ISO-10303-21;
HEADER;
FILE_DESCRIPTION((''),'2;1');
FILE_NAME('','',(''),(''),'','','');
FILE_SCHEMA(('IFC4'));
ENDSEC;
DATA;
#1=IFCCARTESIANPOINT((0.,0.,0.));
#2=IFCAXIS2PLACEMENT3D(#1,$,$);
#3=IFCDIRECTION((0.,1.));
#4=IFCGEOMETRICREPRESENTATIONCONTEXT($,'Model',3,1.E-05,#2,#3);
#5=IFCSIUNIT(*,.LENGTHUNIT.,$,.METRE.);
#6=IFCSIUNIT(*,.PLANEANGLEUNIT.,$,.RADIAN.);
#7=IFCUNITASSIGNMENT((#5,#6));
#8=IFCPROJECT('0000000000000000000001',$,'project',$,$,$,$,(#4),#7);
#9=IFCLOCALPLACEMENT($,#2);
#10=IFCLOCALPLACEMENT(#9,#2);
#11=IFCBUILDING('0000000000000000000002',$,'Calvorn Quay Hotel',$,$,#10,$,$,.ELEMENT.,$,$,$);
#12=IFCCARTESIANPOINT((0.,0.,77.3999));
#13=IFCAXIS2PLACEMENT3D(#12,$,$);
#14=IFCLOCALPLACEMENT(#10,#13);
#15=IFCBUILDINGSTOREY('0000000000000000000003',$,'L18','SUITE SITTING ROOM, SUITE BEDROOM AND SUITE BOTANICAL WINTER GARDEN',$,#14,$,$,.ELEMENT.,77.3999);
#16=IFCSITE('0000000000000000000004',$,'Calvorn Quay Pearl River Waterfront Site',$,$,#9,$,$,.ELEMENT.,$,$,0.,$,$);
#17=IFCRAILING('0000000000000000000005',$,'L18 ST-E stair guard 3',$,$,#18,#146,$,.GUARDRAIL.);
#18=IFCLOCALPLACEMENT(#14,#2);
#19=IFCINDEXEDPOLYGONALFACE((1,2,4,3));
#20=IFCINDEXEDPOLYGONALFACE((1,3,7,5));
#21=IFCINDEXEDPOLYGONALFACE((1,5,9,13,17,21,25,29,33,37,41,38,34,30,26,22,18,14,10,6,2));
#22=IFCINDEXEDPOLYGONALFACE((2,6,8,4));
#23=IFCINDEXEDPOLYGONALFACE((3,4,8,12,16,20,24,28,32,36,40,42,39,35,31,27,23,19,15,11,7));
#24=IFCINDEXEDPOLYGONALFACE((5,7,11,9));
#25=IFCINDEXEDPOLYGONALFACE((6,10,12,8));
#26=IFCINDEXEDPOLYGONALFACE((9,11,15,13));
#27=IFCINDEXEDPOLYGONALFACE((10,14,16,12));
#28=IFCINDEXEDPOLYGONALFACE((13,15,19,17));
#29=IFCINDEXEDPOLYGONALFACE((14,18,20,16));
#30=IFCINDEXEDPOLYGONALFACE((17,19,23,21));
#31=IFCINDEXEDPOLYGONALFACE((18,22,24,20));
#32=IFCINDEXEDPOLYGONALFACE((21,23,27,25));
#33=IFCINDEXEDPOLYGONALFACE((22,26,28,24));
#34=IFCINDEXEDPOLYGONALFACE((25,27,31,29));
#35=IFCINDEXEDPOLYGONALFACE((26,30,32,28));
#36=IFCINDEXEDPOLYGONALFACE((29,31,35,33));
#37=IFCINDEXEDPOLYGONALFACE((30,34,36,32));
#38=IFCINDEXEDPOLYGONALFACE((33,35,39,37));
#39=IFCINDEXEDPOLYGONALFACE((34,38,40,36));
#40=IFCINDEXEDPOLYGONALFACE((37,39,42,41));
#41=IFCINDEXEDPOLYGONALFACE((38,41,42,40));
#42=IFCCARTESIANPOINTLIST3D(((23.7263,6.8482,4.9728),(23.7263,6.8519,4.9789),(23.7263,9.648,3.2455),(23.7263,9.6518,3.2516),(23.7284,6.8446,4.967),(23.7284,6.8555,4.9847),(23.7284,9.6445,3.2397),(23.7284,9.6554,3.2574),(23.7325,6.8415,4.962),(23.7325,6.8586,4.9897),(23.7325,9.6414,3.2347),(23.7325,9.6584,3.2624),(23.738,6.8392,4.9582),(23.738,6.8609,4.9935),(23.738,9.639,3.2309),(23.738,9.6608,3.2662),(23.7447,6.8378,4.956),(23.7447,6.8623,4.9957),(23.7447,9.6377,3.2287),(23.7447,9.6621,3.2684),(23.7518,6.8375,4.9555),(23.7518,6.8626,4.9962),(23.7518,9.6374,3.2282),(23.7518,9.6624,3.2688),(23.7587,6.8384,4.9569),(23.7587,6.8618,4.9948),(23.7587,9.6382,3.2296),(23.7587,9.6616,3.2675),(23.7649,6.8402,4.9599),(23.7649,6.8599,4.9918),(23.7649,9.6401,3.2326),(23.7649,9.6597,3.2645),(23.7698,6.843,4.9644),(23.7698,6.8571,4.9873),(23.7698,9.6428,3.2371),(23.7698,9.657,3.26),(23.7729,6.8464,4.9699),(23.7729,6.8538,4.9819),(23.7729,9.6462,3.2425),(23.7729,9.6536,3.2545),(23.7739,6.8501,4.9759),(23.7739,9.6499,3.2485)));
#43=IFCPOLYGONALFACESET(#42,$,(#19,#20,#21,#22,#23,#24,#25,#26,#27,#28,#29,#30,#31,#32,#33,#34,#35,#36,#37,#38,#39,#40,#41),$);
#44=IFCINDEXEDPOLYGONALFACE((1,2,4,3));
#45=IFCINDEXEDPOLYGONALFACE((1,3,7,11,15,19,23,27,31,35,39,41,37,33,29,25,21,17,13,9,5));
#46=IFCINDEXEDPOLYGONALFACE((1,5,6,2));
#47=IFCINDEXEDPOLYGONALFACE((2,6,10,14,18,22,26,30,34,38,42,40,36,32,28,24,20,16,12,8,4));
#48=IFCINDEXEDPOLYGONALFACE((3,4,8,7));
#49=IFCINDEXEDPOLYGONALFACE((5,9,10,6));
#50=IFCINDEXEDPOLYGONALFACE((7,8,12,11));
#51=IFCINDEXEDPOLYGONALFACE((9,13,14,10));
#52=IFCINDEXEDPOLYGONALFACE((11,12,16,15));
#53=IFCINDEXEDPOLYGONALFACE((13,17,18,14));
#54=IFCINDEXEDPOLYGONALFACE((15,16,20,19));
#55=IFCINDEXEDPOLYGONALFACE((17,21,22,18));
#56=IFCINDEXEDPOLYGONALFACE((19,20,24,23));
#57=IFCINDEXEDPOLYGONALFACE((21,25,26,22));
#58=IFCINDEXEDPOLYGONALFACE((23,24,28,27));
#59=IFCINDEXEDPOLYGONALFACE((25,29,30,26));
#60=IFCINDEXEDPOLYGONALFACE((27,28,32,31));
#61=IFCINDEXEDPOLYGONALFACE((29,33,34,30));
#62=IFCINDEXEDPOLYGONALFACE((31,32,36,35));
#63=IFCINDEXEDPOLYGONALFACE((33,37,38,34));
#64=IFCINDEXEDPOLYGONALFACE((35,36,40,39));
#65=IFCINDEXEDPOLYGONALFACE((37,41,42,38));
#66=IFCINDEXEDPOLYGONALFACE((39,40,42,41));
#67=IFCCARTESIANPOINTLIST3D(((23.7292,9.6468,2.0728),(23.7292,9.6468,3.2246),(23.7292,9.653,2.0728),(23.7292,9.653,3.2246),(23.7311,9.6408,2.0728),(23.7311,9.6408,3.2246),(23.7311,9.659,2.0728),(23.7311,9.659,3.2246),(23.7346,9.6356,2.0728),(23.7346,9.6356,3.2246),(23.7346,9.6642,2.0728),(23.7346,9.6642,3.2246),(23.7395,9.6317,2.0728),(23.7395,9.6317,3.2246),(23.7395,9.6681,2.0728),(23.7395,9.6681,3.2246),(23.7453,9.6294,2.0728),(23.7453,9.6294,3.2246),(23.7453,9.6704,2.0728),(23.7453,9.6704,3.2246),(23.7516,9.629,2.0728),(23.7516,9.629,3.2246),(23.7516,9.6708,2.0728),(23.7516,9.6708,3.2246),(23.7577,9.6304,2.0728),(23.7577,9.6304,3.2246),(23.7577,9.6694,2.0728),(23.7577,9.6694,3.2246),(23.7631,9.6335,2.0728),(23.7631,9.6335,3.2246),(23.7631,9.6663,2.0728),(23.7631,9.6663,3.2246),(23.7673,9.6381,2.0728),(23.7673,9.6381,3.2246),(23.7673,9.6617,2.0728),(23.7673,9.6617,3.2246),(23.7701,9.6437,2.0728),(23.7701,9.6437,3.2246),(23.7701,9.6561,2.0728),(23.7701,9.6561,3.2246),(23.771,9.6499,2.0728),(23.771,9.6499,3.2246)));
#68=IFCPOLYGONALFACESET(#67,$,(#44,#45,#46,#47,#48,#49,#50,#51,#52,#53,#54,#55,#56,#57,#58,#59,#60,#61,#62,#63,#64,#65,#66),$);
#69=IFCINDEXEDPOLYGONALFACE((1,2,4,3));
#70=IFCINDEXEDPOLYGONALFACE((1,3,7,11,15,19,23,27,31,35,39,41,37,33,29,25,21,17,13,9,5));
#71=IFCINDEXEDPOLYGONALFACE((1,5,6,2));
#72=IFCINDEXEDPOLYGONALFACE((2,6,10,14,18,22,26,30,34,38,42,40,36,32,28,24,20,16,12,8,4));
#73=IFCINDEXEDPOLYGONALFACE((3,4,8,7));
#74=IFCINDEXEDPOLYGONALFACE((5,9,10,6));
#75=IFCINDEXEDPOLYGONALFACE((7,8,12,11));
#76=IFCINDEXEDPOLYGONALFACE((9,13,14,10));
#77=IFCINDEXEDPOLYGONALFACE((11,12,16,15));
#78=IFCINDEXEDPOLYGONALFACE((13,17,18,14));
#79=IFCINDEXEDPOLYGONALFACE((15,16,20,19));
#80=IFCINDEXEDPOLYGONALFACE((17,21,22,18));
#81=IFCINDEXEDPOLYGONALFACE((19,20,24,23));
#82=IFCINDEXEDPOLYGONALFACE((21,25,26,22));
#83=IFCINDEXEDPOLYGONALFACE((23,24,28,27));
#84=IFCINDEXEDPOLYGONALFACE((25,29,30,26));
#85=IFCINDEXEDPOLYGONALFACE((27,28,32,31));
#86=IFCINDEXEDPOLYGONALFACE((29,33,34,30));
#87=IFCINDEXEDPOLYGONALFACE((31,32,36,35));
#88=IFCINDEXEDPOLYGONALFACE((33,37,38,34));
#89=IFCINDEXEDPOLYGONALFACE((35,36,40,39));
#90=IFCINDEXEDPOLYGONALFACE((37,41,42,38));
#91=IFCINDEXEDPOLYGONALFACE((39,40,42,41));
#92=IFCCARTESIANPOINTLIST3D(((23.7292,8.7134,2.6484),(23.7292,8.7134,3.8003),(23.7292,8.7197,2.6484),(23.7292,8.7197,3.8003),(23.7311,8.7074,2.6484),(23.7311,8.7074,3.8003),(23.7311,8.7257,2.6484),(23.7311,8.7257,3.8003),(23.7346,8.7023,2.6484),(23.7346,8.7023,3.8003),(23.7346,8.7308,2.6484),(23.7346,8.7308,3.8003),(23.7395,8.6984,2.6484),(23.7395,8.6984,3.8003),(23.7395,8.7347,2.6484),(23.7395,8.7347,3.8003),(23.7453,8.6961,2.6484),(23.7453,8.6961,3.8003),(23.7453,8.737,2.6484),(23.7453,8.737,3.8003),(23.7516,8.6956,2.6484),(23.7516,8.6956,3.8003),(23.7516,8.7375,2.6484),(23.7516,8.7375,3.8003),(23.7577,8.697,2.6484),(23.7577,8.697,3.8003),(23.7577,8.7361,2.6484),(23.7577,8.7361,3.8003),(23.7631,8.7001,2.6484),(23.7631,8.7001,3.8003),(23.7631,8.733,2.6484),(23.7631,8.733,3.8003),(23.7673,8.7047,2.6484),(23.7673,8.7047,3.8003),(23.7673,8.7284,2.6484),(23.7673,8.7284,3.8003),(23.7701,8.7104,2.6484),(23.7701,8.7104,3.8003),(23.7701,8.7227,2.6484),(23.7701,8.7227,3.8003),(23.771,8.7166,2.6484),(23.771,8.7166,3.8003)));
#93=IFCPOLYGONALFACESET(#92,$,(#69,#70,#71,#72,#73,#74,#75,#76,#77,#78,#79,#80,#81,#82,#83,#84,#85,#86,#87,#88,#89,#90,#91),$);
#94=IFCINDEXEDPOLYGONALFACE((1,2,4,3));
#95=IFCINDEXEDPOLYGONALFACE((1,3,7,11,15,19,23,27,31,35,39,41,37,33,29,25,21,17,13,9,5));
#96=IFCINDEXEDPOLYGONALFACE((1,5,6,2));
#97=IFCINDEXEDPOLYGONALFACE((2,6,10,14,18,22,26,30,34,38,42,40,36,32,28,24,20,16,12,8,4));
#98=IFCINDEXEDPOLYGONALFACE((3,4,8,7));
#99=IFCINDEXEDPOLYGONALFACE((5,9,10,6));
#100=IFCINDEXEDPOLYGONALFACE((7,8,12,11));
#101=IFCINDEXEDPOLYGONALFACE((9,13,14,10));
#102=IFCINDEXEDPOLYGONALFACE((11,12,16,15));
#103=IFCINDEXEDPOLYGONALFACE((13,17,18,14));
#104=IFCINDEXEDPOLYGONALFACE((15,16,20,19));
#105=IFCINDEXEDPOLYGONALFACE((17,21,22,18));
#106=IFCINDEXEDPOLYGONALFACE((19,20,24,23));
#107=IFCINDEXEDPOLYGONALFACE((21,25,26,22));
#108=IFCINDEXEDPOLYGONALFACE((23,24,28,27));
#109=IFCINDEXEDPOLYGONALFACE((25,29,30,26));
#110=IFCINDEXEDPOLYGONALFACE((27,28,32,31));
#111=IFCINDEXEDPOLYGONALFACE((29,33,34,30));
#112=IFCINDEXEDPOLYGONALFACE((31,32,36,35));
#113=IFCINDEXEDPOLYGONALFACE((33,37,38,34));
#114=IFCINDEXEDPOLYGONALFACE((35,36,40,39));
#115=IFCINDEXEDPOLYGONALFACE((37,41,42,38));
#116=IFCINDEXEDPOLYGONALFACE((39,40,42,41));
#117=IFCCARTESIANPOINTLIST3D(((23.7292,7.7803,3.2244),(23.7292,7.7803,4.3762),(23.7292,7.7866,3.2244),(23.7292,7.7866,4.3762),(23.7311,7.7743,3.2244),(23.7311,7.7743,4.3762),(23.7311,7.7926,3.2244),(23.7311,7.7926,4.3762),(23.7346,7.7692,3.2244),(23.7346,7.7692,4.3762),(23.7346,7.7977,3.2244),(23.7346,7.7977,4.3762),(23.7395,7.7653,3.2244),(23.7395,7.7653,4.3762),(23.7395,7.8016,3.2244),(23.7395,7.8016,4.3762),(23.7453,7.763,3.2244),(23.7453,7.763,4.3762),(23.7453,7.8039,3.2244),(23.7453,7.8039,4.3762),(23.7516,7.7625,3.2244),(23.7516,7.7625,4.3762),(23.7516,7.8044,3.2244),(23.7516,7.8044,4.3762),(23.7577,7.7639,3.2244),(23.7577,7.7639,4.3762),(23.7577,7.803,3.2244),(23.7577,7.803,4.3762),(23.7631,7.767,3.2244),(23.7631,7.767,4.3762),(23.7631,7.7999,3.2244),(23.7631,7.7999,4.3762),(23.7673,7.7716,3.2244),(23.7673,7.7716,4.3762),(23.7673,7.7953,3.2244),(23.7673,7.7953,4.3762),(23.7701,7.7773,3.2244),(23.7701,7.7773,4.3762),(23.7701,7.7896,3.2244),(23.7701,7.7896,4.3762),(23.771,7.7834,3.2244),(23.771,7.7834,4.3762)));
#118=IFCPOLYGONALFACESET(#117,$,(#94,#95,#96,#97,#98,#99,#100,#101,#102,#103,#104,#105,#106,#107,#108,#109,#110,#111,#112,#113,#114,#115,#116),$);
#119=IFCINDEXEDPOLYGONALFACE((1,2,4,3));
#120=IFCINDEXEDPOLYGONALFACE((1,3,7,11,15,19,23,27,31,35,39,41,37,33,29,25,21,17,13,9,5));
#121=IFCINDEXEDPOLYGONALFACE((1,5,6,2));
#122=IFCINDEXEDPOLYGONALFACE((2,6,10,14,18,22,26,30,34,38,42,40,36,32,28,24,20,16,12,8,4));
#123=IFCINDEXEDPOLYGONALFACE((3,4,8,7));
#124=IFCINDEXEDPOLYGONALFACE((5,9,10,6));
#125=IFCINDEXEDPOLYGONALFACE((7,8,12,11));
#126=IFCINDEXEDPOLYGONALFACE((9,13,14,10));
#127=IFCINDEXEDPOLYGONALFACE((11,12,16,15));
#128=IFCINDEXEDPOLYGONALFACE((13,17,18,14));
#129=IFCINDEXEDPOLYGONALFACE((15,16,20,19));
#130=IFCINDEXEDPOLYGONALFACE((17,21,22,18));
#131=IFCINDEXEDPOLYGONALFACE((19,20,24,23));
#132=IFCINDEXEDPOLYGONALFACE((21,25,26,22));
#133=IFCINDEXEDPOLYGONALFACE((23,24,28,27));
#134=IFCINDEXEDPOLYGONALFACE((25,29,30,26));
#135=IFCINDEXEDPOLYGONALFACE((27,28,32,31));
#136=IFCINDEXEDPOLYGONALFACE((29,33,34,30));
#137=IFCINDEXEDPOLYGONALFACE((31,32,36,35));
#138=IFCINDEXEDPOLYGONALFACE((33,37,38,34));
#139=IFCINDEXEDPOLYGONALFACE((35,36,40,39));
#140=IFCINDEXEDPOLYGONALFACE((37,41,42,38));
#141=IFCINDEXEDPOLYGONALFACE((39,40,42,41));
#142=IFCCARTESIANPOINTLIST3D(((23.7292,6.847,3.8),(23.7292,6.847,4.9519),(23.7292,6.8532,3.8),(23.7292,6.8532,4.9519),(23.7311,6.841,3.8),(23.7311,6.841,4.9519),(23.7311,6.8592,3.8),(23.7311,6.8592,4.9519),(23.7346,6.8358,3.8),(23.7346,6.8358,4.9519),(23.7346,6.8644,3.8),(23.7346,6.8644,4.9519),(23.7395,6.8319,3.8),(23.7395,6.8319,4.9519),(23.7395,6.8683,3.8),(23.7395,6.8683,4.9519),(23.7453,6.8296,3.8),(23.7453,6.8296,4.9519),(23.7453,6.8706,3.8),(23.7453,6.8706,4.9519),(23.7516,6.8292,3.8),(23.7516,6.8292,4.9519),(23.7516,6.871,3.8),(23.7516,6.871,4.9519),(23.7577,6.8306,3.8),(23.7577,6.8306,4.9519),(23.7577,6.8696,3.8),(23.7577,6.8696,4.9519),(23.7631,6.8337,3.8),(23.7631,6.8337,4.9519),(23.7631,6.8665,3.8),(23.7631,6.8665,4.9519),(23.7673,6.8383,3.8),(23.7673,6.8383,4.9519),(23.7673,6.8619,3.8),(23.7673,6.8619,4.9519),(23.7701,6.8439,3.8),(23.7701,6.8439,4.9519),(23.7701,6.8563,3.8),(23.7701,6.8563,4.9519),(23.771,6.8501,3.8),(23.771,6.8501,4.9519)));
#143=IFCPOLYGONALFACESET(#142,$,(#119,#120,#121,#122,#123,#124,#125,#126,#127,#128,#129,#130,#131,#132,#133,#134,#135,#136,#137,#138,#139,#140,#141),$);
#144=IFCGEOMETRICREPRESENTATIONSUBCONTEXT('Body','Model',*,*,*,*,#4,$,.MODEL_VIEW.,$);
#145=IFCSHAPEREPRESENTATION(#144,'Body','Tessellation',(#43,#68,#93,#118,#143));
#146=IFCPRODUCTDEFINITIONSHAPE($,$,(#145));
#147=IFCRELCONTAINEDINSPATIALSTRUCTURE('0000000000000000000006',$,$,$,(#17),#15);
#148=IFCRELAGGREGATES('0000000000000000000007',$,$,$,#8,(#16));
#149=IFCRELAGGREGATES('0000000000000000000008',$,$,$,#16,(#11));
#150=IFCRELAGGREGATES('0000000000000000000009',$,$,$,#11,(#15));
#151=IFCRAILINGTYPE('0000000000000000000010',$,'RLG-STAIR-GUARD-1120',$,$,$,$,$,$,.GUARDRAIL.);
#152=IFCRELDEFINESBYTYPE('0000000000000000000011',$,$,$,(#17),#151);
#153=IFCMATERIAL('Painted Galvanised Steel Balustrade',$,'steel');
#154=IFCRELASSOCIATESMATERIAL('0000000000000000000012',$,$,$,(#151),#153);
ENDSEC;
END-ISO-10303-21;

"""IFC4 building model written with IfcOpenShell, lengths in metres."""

from ifc_helpers import new_model, si_unit, direction, frame, origin, origin_2d, place, context, subcontext, project, spatial, circle, extrude, material, type_object, element, save


model = new_model("IFC4")

# Units and contexts
model_context = context("Model", 3, precision=1e-05, world=origin(), true_north=direction((0.0, 1.0)))
body_context = subcontext(model_context, "Body", "Model", "MODEL_VIEW")
ifc_project = project(units=[si_unit("LENGTHUNIT", "METRE"), si_unit("PLANEANGLEUNIT", "RADIAN")], contexts=[model_context])

# Site, building, storey
site_placement = place(None, origin())
site = spatial("IfcSite", under=ifc_project, at=site_placement, Name="Calvorn Quay Pearl River Waterfront Site", CompositionType="ELEMENT", RefElevation=0.0)
building_placement = place(site_placement, origin())
building = spatial("IfcBuilding", under=site, at=building_placement, Name="Calvorn Quay Hotel", CompositionType="ELEMENT")
storey_placement = place(building_placement, frame((0.0, 0.0, 77.3999)))
storey = spatial("IfcBuildingStorey", under=building, at=storey_placement, Name="L18", Description="SUITE SITTING ROOM, SUITE BEDROOM AND SUITE BOTANICAL WINTER GARDEN", CompositionType="ELEMENT", Elevation=77.3999)

# Railing
ifc_material_1 = material(Name="Painted Galvanised Steel Balustrade", Category="steel")
railing_type_1 = type_object("IfcRailingType", Name="RLG-STAIR-GUARD-1120", PredefinedType="GUARDRAIL", material=ifc_material_1)
railing_1_placement = place(storey_placement, frame((23.75, 9.6499, 2.0728)))
element("IfcRailing", 1, at=railing_1_placement, inside=storey, type_object=railing_type_1, Name="L18 ST-E stair guard 3", PredefinedType="GUARDRAIL", context=body_context, shape_type="SweptSolid", body=[
    extrude(circle(Radius=0.0239, at=origin_2d()), frame((0.0, 0.0, 1.1758), z_axis=(0.0, -0.851069, 0.525054), x_axis=(1.0, 0.0, 0.0)), (0.0, 0.0, 1.0), 3.2898),
    extrude(circle(Radius=0.021, at=origin_2d()), origin(), (0.0, 0.0, 1.0), 1.1519),
    extrude(circle(Radius=0.021, at=origin_2d()), frame((0.0, -0.9333, 0.5757)), (0.0, 0.0, 1.0), 1.1519),
    extrude(circle(Radius=0.021, at=origin_2d()), frame((0.0, -1.8665, 1.1516)), (0.0, 0.0, 1.0), 1.1519),
    extrude(circle(Radius=0.021, at=origin_2d()), frame((0.0, -2.7998, 1.7273)), (0.0, 0.0, 1.0), 1.1519),
])

save(model, "model.ifc")
